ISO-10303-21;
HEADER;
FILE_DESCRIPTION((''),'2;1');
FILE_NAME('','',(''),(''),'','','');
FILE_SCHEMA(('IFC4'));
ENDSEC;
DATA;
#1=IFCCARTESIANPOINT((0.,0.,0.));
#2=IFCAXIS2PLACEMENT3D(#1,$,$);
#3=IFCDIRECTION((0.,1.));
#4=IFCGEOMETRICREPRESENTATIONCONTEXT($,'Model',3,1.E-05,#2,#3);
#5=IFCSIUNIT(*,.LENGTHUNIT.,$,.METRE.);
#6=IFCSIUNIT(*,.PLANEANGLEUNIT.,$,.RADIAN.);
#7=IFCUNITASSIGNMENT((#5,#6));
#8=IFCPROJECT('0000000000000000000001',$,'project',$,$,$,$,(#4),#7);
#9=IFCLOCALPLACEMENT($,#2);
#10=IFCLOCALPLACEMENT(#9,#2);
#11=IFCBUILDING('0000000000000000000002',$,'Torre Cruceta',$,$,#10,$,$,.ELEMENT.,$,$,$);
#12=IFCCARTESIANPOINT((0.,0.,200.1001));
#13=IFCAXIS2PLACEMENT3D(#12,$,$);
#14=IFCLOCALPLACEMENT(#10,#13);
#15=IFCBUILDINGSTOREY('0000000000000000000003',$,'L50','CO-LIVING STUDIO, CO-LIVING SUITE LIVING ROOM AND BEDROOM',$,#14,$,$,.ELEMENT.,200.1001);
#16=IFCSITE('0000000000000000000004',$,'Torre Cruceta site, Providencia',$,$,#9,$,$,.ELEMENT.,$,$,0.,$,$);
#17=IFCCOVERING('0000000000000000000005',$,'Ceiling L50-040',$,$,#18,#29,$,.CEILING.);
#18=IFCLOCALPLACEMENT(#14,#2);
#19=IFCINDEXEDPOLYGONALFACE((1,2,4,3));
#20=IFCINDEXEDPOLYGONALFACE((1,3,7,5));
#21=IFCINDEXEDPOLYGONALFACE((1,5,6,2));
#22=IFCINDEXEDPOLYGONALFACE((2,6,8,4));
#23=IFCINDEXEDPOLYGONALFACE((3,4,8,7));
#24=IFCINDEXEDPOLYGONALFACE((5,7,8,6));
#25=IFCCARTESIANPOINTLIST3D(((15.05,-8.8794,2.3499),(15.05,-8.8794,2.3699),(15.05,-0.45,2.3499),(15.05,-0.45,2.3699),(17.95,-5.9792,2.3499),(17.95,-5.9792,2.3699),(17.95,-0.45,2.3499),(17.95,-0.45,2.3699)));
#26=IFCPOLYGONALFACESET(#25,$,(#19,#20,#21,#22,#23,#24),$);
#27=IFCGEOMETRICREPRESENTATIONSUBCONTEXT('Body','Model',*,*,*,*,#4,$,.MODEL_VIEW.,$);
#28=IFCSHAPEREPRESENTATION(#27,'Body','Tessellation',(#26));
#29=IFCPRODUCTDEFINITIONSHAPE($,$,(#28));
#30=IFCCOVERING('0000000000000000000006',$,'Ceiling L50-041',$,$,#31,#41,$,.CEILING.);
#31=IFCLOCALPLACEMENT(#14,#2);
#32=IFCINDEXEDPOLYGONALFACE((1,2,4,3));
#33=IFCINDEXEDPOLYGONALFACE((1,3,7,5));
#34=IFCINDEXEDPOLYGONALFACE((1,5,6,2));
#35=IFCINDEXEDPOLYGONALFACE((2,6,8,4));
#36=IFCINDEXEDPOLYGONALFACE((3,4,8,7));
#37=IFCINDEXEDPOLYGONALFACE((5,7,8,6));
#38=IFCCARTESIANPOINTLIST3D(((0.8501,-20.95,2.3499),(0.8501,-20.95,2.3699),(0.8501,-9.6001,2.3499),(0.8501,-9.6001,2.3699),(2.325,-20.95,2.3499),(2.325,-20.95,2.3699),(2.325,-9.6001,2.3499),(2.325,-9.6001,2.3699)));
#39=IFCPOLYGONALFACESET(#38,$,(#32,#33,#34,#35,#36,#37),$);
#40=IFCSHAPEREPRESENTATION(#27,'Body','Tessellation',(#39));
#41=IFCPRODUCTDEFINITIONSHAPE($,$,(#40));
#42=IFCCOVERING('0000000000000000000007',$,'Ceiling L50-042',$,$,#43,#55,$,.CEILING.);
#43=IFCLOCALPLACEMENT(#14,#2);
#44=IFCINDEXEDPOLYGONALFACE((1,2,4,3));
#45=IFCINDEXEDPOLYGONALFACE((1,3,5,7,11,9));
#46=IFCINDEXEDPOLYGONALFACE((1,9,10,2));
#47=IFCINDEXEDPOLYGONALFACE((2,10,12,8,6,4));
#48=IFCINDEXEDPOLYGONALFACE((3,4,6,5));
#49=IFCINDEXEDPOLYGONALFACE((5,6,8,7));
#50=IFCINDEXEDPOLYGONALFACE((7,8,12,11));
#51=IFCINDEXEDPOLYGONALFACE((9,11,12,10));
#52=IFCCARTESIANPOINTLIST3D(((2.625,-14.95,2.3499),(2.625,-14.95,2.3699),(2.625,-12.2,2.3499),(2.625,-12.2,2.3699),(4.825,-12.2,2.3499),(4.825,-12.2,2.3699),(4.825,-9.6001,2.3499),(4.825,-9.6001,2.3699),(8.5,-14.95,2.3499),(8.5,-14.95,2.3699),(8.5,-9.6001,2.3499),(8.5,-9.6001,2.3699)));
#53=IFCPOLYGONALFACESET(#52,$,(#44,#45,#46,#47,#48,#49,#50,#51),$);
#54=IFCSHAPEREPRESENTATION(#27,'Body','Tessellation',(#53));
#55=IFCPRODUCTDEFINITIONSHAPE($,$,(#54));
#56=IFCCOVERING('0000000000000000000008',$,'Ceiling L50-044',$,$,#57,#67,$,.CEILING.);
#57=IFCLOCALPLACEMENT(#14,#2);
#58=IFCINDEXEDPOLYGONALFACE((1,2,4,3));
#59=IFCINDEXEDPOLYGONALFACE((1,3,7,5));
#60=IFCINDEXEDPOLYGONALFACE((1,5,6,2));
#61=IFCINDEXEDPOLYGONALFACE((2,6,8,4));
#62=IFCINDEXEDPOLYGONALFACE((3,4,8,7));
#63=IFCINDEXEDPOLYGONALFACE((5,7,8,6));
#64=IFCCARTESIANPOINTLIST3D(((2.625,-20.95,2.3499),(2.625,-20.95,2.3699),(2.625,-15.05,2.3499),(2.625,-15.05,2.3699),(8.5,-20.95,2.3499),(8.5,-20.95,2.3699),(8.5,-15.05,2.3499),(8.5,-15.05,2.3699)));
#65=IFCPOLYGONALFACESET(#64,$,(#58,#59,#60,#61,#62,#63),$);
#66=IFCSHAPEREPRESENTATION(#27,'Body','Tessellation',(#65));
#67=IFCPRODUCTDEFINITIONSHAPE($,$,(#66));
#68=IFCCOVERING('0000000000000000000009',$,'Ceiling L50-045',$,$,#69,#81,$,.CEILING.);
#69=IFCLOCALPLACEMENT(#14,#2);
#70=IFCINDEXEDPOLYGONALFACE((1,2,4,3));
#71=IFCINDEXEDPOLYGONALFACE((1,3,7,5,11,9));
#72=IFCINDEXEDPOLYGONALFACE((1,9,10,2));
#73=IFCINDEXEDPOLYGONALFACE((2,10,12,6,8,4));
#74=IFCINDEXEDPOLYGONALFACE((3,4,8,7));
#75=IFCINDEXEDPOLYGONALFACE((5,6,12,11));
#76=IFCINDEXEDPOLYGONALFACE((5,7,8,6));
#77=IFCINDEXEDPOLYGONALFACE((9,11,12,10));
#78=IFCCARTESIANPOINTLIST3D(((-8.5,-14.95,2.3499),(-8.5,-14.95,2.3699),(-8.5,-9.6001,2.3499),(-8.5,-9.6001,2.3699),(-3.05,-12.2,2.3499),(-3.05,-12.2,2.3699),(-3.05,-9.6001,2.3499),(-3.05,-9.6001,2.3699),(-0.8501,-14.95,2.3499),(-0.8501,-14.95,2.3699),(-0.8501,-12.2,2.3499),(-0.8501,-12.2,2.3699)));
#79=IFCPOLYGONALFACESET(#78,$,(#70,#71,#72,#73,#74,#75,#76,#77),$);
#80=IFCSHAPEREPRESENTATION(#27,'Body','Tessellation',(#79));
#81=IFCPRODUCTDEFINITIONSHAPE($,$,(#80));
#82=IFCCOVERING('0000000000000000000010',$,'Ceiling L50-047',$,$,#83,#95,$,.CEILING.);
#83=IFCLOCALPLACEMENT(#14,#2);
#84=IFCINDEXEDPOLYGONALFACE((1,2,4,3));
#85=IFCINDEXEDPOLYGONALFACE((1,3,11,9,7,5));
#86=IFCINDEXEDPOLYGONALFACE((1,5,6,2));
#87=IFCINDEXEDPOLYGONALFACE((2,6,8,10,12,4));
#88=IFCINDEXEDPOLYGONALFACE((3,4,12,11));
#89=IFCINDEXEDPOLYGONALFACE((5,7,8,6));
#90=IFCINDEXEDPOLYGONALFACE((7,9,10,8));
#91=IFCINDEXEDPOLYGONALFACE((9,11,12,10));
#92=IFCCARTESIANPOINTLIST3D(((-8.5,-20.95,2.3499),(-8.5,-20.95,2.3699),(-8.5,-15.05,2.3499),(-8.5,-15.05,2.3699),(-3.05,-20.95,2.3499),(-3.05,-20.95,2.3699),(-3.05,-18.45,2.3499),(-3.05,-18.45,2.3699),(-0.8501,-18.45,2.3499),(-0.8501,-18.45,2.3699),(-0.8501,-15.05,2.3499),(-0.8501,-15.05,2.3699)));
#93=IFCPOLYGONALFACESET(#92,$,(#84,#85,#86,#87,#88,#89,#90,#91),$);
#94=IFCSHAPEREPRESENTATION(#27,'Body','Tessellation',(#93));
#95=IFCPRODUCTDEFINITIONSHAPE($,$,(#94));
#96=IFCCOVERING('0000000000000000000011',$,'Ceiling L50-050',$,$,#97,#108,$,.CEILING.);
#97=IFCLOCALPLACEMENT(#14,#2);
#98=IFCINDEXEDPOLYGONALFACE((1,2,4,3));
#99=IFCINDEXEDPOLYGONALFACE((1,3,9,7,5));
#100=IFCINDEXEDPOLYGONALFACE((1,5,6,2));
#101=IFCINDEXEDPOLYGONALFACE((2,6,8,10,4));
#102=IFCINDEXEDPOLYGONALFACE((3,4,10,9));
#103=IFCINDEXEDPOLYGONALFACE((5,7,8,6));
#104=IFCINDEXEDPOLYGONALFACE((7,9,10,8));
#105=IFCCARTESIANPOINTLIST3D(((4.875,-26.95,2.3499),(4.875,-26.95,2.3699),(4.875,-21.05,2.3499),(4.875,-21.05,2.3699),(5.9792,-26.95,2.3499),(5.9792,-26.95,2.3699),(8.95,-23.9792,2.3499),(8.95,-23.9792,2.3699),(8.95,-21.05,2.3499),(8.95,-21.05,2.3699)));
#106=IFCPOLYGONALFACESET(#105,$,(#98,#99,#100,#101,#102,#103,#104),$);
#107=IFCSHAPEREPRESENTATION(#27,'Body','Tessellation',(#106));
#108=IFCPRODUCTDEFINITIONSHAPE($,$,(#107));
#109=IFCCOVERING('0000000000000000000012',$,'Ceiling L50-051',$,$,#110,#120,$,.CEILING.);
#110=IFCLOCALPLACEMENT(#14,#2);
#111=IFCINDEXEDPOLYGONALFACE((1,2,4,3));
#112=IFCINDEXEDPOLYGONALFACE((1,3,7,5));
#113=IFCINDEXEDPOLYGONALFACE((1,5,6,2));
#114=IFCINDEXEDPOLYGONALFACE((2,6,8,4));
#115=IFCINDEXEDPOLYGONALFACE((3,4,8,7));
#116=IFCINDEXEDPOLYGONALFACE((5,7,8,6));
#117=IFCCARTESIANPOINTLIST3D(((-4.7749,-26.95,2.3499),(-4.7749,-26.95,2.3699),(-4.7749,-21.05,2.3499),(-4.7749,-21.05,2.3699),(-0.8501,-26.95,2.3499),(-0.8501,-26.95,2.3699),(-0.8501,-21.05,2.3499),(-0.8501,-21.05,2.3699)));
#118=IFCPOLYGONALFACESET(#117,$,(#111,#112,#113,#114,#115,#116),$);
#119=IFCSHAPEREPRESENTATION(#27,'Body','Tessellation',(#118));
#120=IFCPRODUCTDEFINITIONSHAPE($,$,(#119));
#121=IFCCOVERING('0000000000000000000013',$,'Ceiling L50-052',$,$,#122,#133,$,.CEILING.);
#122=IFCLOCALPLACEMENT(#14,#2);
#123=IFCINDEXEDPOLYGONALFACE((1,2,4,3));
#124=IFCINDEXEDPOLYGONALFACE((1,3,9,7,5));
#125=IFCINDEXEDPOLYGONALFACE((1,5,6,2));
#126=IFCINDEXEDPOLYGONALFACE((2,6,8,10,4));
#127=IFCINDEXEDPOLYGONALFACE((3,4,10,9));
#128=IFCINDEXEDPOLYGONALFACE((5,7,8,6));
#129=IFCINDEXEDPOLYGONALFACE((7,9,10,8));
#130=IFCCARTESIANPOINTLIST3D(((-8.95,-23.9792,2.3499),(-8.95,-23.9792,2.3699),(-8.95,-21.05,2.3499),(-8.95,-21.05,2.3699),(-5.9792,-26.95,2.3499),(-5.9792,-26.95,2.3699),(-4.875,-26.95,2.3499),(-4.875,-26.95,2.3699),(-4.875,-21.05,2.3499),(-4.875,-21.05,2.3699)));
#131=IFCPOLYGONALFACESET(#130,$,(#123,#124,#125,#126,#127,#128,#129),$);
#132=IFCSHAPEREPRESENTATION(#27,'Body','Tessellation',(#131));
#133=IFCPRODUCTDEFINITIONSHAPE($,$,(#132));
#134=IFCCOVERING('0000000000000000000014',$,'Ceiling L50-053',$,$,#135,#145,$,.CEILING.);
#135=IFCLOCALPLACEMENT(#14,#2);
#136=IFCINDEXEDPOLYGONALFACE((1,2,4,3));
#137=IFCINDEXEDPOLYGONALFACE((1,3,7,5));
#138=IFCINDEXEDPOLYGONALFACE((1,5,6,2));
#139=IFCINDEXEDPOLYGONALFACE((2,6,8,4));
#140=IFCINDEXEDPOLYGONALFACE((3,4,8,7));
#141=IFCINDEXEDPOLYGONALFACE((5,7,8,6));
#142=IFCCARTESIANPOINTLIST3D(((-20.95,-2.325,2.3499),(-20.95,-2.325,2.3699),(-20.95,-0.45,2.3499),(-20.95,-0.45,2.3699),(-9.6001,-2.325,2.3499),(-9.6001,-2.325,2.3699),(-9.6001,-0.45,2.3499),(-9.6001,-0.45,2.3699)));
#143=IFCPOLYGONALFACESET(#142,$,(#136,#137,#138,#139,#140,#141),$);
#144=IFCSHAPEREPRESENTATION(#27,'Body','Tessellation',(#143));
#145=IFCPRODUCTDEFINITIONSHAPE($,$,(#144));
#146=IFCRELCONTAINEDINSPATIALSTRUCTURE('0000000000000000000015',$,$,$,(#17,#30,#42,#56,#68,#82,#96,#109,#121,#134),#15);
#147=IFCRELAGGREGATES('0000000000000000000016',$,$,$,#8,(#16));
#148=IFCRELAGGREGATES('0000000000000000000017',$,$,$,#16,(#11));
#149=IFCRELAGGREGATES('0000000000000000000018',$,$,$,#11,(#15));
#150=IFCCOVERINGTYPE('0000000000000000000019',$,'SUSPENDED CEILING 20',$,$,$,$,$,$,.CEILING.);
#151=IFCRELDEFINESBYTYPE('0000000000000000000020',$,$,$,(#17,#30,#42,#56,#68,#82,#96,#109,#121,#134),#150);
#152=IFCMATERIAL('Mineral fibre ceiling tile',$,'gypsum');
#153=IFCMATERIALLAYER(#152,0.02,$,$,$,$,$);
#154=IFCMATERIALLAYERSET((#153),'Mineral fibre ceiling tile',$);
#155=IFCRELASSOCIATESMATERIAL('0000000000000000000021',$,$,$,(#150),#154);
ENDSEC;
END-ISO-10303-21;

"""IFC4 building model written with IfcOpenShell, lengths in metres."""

from ifc_helpers import new_model, si_unit, direction, frame, origin, place, context, subcontext, project, spatial, polyline, outline, extrude, material, layer, layer_set, type_object, element, save


model = new_model("IFC4")

# Units and contexts
model_context = context("Model", 3, precision=1e-05, world=origin(), true_north=direction((0.0, 1.0)))
body_context = subcontext(model_context, "Body", "Model", "MODEL_VIEW")
ifc_project = project(units=[si_unit("LENGTHUNIT", "METRE"), si_unit("PLANEANGLEUNIT", "RADIAN")], contexts=[model_context])

# Site, building, storey
site_placement = place(None, origin())
site = spatial("IfcSite", under=ifc_project, at=site_placement, Name="Torre Cruceta site, Providencia", CompositionType="ELEMENT", RefElevation=0.0)
building_placement = place(site_placement, origin())
building = spatial("IfcBuilding", under=site, at=building_placement, Name="Torre Cruceta", CompositionType="ELEMENT")
storey_placement = place(building_placement, frame((0.0, 0.0, 200.1001)))
storey = spatial("IfcBuildingStorey", under=building, at=storey_placement, Name="L50", Description="CO-LIVING STUDIO, CO-LIVING SUITE LIVING ROOM AND BEDROOM", CompositionType="ELEMENT", Elevation=200.1001)

# Coverings
ifc_material_1 = material(Name="Mineral fibre ceiling tile", Category="gypsum")
ifc_layer_1 = layer(ifc_material_1, 0.02)
ifc_layer_set_1 = layer_set([ifc_layer_1], Name="Mineral fibre ceiling tile")
covering_type_1 = type_object("IfcCoveringType", Name="SUSPENDED CEILING 20", PredefinedType="CEILING", material=ifc_layer_set_1)
covering_1_placement = place(storey_placement, frame((0.0, 0.0, 2.3499)))
element("IfcCovering", 1, at=covering_1_placement, inside=storey, type_object=covering_type_1, Name="Ceiling L50-040", PredefinedType="CEILING", context=body_context, shape_type="SweptSolid", body=[
    extrude(outline(polyline([(15.05, -8.8794), (15.05, -0.45), (17.95, -0.45), (17.95, -5.9792), (15.05, -8.8794)])), origin(), (0.0, 0.0, 1.0), 0.02),
])
covering_2_placement = place(storey_placement, frame((0.0, 0.0, 2.3499)))
element("IfcCovering", 2, at=covering_2_placement, inside=storey, type_object=covering_type_1, Name="Ceiling L50-041", PredefinedType="CEILING", context=body_context, shape_type="SweptSolid", body=[
    extrude(outline(polyline([(0.8501, -9.6001), (2.325, -9.6001), (2.325, -20.95), (0.8501, -20.95), (0.8501, -9.6001)])), origin(), (0.0, 0.0, 1.0), 0.02),
])
covering_3_placement = place(storey_placement, frame((0.0, 0.0, 2.3499)))
element("IfcCovering", 3, at=covering_3_placement, inside=storey, type_object=covering_type_1, Name="Ceiling L50-042", PredefinedType="CEILING", context=body_context, shape_type="SweptSolid", body=[
    extrude(outline(polyline([(8.5, -9.6001), (8.5, -14.95), (2.625, -14.95), (2.625, -12.2), (4.825, -12.2), (4.825, -9.6001), (8.5, -9.6001)])), origin(), (0.0, 0.0, 1.0), 0.02),
])
covering_4_placement = place(storey_placement, frame((0.0, 0.0, 2.3499)))
element("IfcCovering", 4, at=covering_4_placement, inside=storey, type_object=covering_type_1, Name="Ceiling L50-044", PredefinedType="CEILING", context=body_context, shape_type="SweptSolid", body=[
    extrude(outline(polyline([(2.625, -15.05), (8.5, -15.05), (8.5, -20.95), (2.625, -20.95), (2.625, -15.05)])), origin(), (0.0, 0.0, 1.0), 0.02),
])
covering_5_placement = place(storey_placement, frame((0.0, 0.0, 2.3499)))
element("IfcCovering", 5, at=covering_5_placement, inside=storey, type_object=covering_type_1, Name="Ceiling L50-045", PredefinedType="CEILING", context=body_context, shape_type="SweptSolid", body=[
    extrude(outline(polyline([(-0.8501, -14.95), (-8.5, -14.95), (-8.5, -9.6001), (-3.05, -9.6001), (-3.05, -12.2), (-0.8501, -12.2), (-0.8501, -14.95)])), origin(), (0.0, 0.0, 1.0), 0.02),
])
covering_6_placement = place(storey_placement, frame((0.0, 0.0, 2.3499)))
element("IfcCovering", 6, at=covering_6_placement, inside=storey, type_object=covering_type_1, Name="Ceiling L50-047", PredefinedType="CEILING", context=body_context, shape_type="SweptSolid", body=[
    extrude(outline(polyline([(-8.5, -20.95), (-8.5, -15.05), (-0.8501, -15.05), (-0.8501, -18.45), (-3.05, -18.45), (-3.05, -20.95), (-8.5, -20.95)])), origin(), (0.0, 0.0, 1.0), 0.02),
])
covering_7_placement = place(storey_placement, frame((0.0, 0.0, 2.3499)))
element("IfcCovering", 7, at=covering_7_placement, inside=storey, type_object=covering_type_1, Name="Ceiling L50-050", PredefinedType="CEILING", context=body_context, shape_type="SweptSolid", body=[
    extrude(outline(polyline([(8.95, -23.9792), (5.9792, -26.95), (4.875, -26.95), (4.875, -21.05), (8.95, -21.05), (8.95, -23.9792)])), origin(), (0.0, 0.0, 1.0), 0.02),
])
covering_8_placement = place(storey_placement, frame((0.0, 0.0, 2.3499)))
element("IfcCovering", 8, at=covering_8_placement, inside=storey, type_object=covering_type_1, Name="Ceiling L50-051", PredefinedType="CEILING", context=body_context, shape_type="SweptSolid", body=[
    extrude(outline(polyline([(-4.7749, -26.95), (-4.7749, -21.05), (-0.8501, -21.05), (-0.8501, -26.95), (-4.7749, -26.95)])), origin(), (0.0, 0.0, 1.0), 0.02),
])
covering_9_placement = place(storey_placement, frame((0.0, 0.0, 2.3499)))
element("IfcCovering", 9, at=covering_9_placement, inside=storey, type_object=covering_type_1, Name="Ceiling L50-052", PredefinedType="CEILING", context=body_context, shape_type="SweptSolid", body=[
    extrude(outline(polyline([(-8.95, -23.9792), (-8.95, -21.05), (-4.875, -21.05), (-4.875, -26.95), (-5.9792, -26.95), (-8.95, -23.9792)])), origin(), (0.0, 0.0, 1.0), 0.02),
])
covering_10_placement = place(storey_placement, frame((0.0, 0.0, 2.3499)))
element("IfcCovering", 10, at=covering_10_placement, inside=storey, type_object=covering_type_1, Name="Ceiling L50-053", PredefinedType="CEILING", context=body_context, shape_type="SweptSolid", body=[
    extrude(outline(polyline([(-9.6001, -0.45), (-9.6001, -2.325), (-20.95, -2.325), (-20.95, -0.45), (-9.6001, -0.45)])), origin(), (0.0, 0.0, 1.0), 0.02),
])

save(model, "model.ifc")
